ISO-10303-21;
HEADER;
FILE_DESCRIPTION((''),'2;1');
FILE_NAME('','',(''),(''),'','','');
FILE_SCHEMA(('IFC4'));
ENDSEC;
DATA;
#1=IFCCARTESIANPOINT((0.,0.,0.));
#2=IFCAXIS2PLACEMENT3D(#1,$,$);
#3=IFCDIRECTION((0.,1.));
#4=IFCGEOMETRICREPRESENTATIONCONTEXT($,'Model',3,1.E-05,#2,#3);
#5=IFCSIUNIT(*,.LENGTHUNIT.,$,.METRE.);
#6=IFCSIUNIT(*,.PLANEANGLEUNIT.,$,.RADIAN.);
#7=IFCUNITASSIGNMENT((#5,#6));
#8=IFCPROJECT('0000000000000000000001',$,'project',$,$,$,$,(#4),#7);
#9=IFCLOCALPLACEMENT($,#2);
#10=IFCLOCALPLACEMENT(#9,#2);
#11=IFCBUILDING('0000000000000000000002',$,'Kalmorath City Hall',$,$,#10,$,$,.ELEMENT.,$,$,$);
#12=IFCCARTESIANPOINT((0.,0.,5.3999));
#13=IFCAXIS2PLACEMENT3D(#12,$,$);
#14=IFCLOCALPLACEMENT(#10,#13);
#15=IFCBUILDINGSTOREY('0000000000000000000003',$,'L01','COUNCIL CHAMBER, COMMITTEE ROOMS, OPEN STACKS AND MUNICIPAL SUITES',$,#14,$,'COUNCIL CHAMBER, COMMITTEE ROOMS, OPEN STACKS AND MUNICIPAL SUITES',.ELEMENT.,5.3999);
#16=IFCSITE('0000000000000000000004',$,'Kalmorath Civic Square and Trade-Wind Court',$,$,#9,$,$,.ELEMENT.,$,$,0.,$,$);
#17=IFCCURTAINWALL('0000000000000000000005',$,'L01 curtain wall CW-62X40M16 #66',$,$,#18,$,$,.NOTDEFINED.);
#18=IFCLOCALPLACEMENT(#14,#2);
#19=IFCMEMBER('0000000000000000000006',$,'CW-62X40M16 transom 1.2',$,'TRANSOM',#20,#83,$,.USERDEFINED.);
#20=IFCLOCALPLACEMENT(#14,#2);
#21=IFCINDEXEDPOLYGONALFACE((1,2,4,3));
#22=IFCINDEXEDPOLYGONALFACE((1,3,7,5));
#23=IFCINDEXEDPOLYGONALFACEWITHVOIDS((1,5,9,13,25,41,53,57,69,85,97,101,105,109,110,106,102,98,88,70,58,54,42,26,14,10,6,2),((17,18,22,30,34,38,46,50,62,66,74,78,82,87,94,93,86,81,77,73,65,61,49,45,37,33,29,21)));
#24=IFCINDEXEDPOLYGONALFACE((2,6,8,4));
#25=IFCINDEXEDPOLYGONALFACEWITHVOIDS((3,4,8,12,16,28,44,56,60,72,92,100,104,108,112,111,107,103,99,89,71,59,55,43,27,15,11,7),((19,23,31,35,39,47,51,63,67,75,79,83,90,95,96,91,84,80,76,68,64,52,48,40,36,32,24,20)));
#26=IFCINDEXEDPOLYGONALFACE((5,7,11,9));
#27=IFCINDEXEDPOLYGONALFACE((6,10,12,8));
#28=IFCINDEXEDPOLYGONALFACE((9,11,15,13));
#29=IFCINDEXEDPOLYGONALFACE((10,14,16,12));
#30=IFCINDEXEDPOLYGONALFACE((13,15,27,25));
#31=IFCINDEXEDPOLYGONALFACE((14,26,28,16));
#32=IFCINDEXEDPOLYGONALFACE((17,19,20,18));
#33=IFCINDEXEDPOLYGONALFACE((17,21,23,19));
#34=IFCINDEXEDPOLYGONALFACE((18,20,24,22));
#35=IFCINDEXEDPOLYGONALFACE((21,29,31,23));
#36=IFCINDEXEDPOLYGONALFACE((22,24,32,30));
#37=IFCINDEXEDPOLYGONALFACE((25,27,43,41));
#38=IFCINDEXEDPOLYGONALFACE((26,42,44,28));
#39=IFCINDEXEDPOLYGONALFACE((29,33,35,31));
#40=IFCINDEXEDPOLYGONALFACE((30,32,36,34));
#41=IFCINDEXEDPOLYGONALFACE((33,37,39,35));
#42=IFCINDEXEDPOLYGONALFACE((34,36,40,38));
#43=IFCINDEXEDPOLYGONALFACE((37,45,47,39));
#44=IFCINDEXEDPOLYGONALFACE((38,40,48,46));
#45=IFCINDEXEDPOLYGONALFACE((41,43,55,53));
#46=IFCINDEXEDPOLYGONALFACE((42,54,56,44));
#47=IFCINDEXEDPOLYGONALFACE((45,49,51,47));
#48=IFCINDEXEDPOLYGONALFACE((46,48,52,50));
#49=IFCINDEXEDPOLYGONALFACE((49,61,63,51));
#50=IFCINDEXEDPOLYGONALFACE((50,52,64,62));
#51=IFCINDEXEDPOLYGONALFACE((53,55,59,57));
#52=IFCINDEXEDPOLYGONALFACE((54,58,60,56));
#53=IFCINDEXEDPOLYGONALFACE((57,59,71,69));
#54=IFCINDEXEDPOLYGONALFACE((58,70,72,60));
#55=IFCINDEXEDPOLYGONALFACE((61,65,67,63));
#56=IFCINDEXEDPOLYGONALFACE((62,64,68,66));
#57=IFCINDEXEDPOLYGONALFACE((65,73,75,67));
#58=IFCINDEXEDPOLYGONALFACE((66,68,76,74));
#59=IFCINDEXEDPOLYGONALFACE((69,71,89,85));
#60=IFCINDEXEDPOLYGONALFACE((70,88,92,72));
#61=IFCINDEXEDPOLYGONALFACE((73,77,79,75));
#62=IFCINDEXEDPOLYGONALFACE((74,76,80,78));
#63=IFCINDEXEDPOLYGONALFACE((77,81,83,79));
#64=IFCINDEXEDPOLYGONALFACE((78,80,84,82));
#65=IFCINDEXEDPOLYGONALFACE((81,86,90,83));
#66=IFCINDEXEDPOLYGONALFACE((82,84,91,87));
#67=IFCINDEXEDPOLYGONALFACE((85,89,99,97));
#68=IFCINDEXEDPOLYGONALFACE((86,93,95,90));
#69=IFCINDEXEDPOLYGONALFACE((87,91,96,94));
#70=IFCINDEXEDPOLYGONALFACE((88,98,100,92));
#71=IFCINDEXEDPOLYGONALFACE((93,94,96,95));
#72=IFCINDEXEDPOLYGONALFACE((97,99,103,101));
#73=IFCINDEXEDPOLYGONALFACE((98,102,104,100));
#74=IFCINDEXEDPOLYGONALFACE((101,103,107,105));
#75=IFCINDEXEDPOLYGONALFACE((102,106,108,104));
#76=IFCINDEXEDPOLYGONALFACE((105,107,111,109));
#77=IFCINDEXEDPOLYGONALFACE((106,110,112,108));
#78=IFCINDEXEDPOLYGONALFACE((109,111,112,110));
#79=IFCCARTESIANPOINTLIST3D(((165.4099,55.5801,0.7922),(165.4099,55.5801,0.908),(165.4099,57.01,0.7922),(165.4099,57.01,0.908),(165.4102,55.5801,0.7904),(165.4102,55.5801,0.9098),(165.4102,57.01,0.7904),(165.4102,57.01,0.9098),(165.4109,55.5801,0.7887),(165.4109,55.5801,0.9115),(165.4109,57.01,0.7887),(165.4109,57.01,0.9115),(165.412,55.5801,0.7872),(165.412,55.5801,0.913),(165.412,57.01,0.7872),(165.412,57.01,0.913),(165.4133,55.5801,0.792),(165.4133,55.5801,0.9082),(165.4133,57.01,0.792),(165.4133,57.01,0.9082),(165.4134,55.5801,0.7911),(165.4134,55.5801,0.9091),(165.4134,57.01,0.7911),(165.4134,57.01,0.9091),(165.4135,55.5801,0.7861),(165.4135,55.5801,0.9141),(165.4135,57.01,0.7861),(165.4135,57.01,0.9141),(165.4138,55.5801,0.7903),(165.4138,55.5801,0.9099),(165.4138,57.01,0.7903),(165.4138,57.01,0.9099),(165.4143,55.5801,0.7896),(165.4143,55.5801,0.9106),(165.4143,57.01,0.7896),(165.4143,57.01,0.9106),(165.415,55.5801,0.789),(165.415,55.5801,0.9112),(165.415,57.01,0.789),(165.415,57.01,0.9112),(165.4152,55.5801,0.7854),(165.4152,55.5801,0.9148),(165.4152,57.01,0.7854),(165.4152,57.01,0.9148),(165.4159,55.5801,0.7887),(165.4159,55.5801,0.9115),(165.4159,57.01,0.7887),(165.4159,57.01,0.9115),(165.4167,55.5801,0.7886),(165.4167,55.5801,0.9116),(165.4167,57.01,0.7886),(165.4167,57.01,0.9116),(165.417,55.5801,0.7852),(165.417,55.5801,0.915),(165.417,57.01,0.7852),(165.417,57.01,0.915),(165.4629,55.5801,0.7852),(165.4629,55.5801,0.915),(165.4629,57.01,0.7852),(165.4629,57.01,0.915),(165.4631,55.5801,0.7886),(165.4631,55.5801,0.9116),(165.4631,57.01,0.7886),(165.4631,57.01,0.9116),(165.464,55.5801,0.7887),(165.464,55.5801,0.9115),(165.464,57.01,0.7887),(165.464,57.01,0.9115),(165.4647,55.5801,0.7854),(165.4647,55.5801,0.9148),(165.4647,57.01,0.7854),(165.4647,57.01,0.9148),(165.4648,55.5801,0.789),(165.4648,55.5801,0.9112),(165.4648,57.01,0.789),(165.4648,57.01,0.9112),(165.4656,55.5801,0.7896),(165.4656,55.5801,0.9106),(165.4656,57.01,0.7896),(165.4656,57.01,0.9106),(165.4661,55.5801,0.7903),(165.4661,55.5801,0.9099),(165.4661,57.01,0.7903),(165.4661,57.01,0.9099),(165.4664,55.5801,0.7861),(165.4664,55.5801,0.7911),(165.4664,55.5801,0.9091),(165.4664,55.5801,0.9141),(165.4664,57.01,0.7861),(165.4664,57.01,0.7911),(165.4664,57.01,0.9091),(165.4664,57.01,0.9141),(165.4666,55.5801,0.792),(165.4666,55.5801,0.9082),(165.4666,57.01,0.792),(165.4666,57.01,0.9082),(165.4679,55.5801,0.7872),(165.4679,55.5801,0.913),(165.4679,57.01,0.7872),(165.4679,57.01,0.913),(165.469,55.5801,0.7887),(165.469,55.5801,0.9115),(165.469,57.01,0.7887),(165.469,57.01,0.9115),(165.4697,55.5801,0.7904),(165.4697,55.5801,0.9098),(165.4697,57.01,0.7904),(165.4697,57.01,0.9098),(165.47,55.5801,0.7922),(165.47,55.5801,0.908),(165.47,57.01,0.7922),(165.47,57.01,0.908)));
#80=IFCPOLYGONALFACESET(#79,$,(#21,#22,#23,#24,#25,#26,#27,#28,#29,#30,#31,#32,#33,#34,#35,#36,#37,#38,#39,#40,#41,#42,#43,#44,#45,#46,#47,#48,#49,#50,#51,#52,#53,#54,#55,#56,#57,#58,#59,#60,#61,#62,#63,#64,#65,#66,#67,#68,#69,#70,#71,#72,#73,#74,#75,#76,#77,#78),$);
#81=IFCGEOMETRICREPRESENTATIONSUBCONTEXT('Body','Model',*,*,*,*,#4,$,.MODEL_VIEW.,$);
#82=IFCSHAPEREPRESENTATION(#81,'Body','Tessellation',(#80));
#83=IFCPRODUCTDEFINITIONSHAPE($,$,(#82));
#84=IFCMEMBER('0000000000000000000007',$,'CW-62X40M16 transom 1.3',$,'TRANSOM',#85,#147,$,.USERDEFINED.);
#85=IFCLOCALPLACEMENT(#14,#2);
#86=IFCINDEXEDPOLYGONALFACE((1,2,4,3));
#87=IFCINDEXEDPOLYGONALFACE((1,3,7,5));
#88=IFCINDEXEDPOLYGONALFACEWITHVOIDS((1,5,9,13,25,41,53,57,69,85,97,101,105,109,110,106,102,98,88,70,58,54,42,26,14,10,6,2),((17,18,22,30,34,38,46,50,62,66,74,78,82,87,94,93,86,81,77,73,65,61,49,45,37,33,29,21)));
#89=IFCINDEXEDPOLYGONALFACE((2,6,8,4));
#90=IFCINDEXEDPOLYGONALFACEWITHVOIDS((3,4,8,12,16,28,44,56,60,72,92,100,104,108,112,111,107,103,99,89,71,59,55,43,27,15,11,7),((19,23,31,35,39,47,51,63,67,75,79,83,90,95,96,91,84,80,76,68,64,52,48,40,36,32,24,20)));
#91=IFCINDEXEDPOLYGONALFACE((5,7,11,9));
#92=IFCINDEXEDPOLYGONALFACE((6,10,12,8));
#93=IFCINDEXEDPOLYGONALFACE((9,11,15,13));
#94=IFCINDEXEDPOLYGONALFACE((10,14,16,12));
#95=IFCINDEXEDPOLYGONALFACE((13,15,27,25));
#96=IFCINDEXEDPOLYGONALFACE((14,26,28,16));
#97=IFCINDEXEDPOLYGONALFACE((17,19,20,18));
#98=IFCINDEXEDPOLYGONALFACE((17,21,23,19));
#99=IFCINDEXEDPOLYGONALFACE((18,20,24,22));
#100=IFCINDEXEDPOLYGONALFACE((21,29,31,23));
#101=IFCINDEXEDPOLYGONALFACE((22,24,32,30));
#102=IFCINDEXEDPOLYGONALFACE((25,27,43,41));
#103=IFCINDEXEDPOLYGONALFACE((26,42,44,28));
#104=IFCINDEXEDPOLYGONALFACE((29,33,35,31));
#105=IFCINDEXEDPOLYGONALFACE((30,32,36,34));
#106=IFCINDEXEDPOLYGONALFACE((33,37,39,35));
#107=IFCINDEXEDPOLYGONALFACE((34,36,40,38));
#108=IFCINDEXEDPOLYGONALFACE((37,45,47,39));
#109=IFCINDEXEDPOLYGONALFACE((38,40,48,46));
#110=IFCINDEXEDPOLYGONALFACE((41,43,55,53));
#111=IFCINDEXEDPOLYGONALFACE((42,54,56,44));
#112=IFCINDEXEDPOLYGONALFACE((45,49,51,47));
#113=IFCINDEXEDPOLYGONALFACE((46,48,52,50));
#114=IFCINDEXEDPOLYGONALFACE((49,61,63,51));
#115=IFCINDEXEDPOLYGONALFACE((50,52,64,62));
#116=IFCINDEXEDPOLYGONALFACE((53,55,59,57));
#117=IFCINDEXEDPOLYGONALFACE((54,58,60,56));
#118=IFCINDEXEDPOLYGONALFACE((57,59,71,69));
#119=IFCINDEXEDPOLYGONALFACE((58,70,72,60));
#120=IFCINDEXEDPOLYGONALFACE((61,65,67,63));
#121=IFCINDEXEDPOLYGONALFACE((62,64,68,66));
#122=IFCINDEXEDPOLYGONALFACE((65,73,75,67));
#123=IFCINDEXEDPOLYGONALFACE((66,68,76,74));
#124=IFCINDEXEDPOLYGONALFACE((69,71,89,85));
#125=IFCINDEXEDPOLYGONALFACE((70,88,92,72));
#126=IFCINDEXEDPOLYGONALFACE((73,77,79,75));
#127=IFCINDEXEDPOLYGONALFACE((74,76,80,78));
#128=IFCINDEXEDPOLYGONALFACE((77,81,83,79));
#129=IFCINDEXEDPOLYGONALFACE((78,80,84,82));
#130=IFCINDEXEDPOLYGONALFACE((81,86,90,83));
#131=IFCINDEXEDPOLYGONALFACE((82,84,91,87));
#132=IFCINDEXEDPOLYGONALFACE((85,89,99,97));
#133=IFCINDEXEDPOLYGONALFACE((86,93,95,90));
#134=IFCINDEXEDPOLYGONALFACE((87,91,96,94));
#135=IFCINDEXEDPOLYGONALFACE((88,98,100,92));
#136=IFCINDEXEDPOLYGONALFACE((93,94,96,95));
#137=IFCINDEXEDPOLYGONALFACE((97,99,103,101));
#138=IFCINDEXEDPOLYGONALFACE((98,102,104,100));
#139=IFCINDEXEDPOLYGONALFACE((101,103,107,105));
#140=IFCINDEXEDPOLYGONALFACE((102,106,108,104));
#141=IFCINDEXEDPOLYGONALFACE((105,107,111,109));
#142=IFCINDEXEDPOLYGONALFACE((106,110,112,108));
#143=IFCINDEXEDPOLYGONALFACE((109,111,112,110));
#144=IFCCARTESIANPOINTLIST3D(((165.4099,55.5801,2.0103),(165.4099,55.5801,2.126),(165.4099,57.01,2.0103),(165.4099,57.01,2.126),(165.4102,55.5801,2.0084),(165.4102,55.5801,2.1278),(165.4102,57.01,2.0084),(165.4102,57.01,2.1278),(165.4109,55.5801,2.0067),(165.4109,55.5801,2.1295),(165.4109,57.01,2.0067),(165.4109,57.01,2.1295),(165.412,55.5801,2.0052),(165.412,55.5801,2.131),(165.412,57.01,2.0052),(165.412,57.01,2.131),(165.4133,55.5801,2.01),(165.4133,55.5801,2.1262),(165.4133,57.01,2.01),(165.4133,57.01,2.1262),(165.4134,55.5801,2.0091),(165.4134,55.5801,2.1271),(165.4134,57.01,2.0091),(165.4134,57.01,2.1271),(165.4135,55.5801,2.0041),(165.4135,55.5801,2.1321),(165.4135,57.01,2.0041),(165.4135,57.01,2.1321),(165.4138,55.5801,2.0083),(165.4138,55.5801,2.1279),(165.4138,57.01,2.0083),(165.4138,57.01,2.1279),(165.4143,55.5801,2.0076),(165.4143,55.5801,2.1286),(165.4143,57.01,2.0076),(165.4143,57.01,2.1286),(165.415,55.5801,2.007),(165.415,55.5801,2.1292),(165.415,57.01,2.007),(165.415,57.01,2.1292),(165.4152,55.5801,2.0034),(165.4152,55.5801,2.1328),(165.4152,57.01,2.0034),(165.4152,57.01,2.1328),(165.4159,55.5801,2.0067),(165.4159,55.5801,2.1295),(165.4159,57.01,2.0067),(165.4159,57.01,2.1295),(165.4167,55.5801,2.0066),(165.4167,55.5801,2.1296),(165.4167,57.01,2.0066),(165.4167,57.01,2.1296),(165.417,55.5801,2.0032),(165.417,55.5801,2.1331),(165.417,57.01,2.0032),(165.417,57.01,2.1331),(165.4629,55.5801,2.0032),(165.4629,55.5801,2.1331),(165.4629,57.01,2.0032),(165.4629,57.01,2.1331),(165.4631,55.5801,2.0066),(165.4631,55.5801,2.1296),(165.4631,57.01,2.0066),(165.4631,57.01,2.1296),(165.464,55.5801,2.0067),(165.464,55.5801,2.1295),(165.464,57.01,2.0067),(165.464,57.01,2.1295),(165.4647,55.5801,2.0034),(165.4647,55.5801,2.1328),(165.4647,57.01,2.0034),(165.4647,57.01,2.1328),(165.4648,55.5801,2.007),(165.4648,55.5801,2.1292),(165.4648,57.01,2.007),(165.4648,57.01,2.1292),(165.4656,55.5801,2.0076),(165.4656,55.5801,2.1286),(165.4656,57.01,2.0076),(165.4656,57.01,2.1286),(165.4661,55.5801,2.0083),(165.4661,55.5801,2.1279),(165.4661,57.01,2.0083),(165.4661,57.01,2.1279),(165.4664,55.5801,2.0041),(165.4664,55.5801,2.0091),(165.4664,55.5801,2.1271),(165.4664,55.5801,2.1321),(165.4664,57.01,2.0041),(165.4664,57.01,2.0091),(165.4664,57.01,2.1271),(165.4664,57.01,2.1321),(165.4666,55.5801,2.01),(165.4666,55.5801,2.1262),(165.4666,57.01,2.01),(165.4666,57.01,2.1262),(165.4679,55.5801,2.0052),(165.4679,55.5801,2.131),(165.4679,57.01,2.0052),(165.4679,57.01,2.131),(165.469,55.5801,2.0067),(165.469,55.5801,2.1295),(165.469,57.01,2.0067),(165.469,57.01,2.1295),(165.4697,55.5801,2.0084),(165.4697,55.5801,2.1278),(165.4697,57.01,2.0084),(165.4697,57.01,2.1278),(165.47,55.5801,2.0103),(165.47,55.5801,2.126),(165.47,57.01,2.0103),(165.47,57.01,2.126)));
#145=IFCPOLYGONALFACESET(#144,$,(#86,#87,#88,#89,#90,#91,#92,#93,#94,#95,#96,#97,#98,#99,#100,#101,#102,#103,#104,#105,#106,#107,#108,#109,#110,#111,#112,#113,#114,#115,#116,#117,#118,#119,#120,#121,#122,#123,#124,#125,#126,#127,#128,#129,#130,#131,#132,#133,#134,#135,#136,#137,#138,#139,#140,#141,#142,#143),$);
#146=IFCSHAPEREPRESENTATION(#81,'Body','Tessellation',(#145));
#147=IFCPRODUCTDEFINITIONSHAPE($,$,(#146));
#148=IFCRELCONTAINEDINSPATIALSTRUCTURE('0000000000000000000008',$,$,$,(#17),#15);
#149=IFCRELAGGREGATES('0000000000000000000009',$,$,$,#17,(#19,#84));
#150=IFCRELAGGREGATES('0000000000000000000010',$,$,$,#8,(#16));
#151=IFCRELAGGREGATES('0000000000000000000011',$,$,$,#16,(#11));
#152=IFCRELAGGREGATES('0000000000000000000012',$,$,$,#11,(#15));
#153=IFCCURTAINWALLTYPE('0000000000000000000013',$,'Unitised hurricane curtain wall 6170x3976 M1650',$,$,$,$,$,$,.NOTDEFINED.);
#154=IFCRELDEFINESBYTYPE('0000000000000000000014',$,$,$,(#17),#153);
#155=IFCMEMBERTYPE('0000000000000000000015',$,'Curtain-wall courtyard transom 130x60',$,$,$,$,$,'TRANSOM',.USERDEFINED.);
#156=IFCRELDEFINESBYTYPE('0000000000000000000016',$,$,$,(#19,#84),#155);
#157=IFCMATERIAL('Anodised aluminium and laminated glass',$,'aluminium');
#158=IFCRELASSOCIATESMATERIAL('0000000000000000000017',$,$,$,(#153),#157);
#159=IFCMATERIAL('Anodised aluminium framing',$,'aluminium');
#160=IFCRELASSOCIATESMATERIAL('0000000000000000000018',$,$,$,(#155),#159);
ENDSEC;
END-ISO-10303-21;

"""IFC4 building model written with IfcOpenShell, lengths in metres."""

from ifc_helpers import new_model, si_unit, direction, frame, origin, origin_2d, place, context, subcontext, project, spatial, hollow_rectangle, extrude, material, material_profile, profile_set, type_object, element, aggregate, save


model = new_model("IFC4")

# Units and contexts
model_context = context("Model", 3, precision=1e-05, world=origin(), true_north=direction((0.0, 1.0)))
body_context = subcontext(model_context, "Body", "Model", "MODEL_VIEW")
ifc_project = project(units=[si_unit("LENGTHUNIT", "METRE"), si_unit("PLANEANGLEUNIT", "RADIAN")], contexts=[model_context])

# Site, building, storey
site_placement = place(None, origin())
site = spatial("IfcSite", under=ifc_project, at=site_placement, Name="Kalmorath Civic Square and Trade-Wind Court", CompositionType="ELEMENT", RefElevation=0.0)
building_placement = place(site_placement, origin())
building = spatial("IfcBuilding", under=site, at=building_placement, Name="Kalmorath City Hall", CompositionType="ELEMENT")
storey_placement = place(building_placement, frame((0.0, 0.0, 5.3999)))
storey = spatial("IfcBuildingStorey", under=building, at=storey_placement, Name="L01", Description="COUNCIL CHAMBER, COMMITTEE ROOMS, OPEN STACKS AND MUNICIPAL SUITES", LongName="COUNCIL CHAMBER, COMMITTEE ROOMS, OPEN STACKS AND MUNICIPAL SUITES", CompositionType="ELEMENT", Elevation=5.3999)

# Curtain wall, members
ifc_material_1 = material(Name="Anodised aluminium and laminated glass", Category="aluminium")
curtain_wall_type = type_object("IfcCurtainWallType", Name="Unitised hurricane curtain wall 6170x3976 M1650", PredefinedType="NOTDEFINED", material=ifc_material_1)
curtain_wall_1_placement = place(storey_placement, origin())
curtain_wall_1 = element("IfcCurtainWall", 1, at=curtain_wall_1_placement, inside=storey, type_object=curtain_wall_type, Name="L01 curtain wall CW-62X40M16 #66", PredefinedType="NOTDEFINED")
ifc_material_2 = material(Name="Anodised aluminium framing", Category="aluminium")
ifc_material_profile_1 = material_profile(ifc_material_2, hollow_rectangle(XDim=0.0601, YDim=0.1299, WallThickness=0.0034, InnerFilletRadius=0.0034, OuterFilletRadius=0.0071, at=origin_2d()), Name="ALU-TRN-130X60X3.5")
ifc_profile_set_1 = profile_set([ifc_material_profile_1], Name="Anodised aluminium framing")
member_type_1 = type_object("IfcMemberType", Name="Curtain-wall courtyard transom 130x60", ElementType="TRANSOM", PredefinedType="USERDEFINED", material=ifc_profile_set_1)
member_1_placement = place(storey_placement, frame((165.4399, 57.01, 0.8501), z_axis=(0.0, -1.0, 0.0), x_axis=(1.0, 0.0, 0.0)))
member_1 = element("IfcMember", 2, at=member_1_placement, type_object=member_type_1, Name="CW-62X40M16 transom 1.2", ObjectType="TRANSOM", PredefinedType="USERDEFINED", context=body_context, shape_type="SweptSolid", body=[
    extrude(hollow_rectangle(XDim=0.0601, YDim=0.1299, WallThickness=0.0034, InnerFilletRadius=0.0034, OuterFilletRadius=0.0071, at=origin_2d()), origin(), (0.0, 0.0, 1.0), 1.4299),
])
member_2_placement = place(storey_placement, frame((165.4399, 57.01, 2.0681), z_axis=(0.0, -1.0, 0.0), x_axis=(1.0, 0.0, 0.0)))
member_2 = element("IfcMember", 3, at=member_2_placement, type_object=member_type_1, Name="CW-62X40M16 transom 1.3", ObjectType="TRANSOM", PredefinedType="USERDEFINED", context=body_context, shape_type="SweptSolid", body=[
    extrude(hollow_rectangle(XDim=0.0601, YDim=0.1299, WallThickness=0.0034, InnerFilletRadius=0.0034, OuterFilletRadius=0.0071, at=origin_2d()), origin(), (0.0, 0.0, 1.0), 1.4299),
])

aggregate(curtain_wall_1, [member_1, member_2])

save(model, "model.ifc")
